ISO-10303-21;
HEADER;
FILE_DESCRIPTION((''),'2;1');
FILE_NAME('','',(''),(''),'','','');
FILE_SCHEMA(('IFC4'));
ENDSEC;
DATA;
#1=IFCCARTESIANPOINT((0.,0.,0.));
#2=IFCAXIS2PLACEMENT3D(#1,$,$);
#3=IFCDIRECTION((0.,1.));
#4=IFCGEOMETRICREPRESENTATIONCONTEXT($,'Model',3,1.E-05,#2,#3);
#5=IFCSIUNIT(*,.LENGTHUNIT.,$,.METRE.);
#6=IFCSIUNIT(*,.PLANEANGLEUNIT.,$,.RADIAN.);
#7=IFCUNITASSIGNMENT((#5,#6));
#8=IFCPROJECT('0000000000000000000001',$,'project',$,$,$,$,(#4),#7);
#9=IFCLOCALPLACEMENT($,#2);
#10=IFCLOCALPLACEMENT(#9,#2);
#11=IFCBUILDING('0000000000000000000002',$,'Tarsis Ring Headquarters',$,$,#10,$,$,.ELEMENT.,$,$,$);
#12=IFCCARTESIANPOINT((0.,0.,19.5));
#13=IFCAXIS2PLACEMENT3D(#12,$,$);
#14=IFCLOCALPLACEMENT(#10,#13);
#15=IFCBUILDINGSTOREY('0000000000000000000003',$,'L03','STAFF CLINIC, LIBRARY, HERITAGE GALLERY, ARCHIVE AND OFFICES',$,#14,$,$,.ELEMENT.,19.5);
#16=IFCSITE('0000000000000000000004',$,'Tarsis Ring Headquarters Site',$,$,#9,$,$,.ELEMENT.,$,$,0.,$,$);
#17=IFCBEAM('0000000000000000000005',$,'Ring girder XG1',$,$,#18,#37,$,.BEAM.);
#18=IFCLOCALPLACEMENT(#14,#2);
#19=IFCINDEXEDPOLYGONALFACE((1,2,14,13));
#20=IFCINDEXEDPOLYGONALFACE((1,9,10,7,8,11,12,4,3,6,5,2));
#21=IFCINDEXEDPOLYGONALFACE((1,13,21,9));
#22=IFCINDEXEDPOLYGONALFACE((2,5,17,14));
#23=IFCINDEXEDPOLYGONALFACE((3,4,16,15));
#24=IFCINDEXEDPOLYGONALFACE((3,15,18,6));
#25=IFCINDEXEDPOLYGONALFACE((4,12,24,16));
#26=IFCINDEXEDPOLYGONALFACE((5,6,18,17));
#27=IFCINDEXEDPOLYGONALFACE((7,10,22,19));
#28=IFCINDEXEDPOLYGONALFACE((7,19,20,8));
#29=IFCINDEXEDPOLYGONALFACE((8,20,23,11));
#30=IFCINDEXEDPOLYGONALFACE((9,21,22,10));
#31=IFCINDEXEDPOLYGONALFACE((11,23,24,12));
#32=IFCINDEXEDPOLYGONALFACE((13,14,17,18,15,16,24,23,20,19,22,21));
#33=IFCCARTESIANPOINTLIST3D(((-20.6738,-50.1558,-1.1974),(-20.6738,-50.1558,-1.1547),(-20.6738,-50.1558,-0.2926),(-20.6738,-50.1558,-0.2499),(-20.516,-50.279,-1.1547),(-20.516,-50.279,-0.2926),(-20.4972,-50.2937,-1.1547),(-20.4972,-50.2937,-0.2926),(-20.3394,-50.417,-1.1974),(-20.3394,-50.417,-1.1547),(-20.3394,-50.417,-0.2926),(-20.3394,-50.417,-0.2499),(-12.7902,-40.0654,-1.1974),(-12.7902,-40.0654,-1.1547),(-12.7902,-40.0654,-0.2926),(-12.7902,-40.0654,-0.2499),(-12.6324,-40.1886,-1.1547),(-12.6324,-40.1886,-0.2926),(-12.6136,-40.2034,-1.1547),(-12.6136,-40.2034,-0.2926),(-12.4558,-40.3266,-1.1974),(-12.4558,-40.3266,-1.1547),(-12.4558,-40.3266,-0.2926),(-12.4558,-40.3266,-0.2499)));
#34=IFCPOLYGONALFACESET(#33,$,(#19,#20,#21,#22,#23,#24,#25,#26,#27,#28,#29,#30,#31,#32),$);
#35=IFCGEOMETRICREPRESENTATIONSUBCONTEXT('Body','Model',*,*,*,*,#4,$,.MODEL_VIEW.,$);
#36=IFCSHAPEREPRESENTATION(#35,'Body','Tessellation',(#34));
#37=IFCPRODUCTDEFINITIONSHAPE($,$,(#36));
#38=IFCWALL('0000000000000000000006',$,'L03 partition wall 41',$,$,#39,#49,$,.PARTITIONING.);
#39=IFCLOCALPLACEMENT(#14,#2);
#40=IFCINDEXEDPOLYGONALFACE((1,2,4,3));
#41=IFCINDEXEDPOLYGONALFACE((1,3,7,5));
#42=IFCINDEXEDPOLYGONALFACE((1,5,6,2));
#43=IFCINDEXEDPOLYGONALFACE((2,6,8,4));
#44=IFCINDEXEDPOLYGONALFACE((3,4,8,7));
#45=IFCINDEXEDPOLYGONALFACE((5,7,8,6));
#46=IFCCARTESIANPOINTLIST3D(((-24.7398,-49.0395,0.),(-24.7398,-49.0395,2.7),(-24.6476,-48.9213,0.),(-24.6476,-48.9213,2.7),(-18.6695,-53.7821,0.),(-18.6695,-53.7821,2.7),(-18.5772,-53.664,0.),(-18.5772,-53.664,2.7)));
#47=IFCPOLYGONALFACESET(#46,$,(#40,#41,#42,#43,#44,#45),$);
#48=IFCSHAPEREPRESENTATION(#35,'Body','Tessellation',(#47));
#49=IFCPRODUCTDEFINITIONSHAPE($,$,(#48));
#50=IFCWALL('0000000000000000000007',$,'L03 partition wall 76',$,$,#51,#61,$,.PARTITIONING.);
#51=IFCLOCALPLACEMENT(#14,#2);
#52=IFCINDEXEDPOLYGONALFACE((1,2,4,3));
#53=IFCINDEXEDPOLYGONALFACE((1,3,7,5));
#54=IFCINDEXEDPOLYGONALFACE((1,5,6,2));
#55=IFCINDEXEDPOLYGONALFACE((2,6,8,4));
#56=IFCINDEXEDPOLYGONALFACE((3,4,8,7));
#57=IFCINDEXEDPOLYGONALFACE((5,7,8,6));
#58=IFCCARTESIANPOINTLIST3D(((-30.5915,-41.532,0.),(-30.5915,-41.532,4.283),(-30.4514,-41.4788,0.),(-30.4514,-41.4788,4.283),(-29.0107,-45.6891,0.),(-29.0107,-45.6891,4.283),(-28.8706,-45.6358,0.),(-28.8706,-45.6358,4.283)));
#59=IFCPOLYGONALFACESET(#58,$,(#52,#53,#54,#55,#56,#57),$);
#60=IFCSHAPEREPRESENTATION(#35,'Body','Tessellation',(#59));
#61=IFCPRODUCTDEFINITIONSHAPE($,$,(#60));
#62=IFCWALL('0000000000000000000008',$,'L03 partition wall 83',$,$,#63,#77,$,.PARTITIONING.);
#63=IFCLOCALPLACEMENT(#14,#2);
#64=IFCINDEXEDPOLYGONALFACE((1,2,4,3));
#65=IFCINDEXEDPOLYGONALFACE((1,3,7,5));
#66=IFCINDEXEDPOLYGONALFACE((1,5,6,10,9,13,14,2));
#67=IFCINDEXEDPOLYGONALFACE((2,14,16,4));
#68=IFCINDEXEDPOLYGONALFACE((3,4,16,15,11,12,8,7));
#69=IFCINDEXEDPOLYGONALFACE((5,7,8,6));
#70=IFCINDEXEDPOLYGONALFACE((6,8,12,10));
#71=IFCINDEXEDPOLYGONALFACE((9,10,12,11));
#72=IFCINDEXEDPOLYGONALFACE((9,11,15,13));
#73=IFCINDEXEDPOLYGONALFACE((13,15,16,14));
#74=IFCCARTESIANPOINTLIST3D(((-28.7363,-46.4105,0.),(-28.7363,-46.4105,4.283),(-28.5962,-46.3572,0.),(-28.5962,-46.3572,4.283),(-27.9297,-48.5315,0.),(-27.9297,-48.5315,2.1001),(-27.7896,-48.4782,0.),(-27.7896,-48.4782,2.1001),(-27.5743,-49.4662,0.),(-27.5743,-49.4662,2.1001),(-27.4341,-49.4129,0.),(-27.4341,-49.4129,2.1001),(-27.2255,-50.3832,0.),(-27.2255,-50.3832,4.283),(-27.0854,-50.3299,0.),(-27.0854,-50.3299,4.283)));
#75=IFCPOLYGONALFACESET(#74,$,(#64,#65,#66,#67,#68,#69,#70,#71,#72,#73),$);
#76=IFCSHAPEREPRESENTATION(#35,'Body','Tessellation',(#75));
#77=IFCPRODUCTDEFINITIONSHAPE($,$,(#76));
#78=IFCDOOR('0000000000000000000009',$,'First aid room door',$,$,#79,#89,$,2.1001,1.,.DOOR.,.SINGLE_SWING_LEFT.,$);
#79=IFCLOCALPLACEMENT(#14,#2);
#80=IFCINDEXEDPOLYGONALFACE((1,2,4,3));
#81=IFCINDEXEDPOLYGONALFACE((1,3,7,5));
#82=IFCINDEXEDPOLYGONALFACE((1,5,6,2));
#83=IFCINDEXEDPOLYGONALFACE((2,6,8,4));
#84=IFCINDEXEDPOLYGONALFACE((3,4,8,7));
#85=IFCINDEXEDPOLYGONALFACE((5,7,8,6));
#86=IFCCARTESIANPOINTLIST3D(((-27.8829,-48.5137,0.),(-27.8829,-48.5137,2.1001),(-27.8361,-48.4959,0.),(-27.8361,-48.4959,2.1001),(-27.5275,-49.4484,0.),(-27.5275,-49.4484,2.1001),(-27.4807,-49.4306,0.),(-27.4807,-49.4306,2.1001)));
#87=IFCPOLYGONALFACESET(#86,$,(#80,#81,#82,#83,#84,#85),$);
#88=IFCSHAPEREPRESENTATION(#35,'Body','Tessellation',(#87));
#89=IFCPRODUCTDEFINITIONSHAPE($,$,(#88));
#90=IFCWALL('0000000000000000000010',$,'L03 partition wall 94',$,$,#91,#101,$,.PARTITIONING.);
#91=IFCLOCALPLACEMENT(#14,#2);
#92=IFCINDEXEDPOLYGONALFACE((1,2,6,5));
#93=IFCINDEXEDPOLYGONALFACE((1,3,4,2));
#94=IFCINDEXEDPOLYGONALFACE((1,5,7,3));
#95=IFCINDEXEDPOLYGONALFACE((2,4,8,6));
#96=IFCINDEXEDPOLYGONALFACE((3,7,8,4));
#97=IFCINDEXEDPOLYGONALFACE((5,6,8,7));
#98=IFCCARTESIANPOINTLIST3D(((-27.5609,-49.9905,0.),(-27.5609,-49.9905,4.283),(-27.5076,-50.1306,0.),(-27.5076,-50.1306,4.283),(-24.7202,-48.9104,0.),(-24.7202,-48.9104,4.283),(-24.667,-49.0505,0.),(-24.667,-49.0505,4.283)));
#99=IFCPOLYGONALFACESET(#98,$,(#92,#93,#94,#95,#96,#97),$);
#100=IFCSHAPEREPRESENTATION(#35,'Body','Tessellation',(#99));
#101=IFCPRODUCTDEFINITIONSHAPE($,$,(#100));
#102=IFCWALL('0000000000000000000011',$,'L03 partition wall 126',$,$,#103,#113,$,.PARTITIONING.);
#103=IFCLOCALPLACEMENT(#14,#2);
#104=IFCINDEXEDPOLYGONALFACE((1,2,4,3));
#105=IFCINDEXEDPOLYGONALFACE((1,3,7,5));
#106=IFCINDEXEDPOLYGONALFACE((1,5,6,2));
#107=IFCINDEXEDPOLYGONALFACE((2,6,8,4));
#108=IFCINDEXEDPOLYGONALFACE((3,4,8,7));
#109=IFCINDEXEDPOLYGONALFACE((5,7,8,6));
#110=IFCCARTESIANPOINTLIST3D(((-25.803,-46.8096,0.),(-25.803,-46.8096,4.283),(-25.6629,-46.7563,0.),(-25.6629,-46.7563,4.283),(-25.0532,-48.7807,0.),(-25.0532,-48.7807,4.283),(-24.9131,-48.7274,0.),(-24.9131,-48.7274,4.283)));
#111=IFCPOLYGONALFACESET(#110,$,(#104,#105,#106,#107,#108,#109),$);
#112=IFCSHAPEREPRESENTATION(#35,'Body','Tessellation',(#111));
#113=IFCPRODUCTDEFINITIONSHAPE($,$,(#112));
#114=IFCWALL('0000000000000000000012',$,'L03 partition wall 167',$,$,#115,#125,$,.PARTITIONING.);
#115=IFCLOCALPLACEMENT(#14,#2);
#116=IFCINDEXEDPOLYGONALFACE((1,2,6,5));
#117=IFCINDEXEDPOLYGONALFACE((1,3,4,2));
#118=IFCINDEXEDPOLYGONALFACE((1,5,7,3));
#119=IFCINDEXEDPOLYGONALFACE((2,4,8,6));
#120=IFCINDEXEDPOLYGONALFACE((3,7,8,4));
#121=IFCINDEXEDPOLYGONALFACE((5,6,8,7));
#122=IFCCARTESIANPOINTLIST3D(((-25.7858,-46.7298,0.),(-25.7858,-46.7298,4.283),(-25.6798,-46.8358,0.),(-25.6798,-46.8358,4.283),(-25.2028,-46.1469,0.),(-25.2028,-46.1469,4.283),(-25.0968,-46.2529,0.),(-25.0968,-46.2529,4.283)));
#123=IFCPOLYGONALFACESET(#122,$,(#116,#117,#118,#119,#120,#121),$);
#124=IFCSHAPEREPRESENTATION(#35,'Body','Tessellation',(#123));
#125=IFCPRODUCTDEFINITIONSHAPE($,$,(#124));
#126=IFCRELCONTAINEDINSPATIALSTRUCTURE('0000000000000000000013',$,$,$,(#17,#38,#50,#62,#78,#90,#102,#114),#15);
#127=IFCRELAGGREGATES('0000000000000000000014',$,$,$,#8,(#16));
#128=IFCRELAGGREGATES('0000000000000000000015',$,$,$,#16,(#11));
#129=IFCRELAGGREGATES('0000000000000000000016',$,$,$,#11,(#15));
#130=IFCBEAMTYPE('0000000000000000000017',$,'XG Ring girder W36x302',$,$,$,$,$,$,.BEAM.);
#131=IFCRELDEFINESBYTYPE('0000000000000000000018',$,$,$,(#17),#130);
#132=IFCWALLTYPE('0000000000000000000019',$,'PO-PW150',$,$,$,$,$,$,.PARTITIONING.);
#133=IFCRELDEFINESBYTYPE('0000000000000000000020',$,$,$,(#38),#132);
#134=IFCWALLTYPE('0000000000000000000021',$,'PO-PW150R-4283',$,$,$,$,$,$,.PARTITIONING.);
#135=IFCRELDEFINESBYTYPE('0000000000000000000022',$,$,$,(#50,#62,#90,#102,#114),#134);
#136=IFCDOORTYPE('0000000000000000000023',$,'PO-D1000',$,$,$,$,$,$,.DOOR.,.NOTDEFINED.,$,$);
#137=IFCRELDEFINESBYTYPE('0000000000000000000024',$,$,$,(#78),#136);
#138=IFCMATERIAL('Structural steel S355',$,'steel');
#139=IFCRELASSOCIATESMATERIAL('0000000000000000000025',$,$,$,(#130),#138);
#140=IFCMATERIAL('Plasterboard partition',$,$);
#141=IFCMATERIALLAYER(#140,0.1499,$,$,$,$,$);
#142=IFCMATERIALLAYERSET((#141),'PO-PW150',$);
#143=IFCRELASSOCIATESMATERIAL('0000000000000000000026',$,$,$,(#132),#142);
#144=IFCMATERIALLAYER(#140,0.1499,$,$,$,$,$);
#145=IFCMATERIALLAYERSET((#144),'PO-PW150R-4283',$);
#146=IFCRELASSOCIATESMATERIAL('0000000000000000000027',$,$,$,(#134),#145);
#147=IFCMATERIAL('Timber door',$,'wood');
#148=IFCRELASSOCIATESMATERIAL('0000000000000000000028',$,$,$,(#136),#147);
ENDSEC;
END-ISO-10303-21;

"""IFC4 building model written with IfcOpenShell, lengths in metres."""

from ifc_helpers import new_model, si_unit, direction, frame, frame_2d, origin, origin_2d, place, context, subcontext, project, spatial, rectangle, i_section, extrude, material, layer, layer_set, material_profile, profile_set, type_object, element, fill, save


model = new_model("IFC4")

# Units and contexts
model_context = context("Model", 3, precision=1e-05, world=origin(), true_north=direction((0.0, 1.0)))
body_context = subcontext(model_context, "Body", "Model", "MODEL_VIEW")
ifc_project = project(units=[si_unit("LENGTHUNIT", "METRE"), si_unit("PLANEANGLEUNIT", "RADIAN")], contexts=[model_context])

# Site, building, storey
site_placement = place(None, origin())
site = spatial("IfcSite", under=ifc_project, at=site_placement, Name="Tarsis Ring Headquarters Site", CompositionType="ELEMENT", RefElevation=0.0)
building_placement = place(site_placement, origin())
building = spatial("IfcBuilding", under=site, at=building_placement, Name="Tarsis Ring Headquarters", CompositionType="ELEMENT")
storey_placement = place(building_placement, frame((0.0, 0.0, 19.5)))
storey = spatial("IfcBuildingStorey", under=building, at=storey_placement, Name="L03", Description="STAFF CLINIC, LIBRARY, HERITAGE GALLERY, ARCHIVE AND OFFICES", CompositionType="ELEMENT", Elevation=19.5)

# Beam
ifc_material_1 = material(Name="Structural steel S355", Category="steel")
ifc_material_profile_1 = material_profile(ifc_material_1, i_section(OverallWidth=0.4243, OverallDepth=0.9475, WebThickness=0.0239, FlangeThickness=0.0427, at=origin_2d()), Name="W36x302")
ifc_profile_set_1 = profile_set([ifc_material_profile_1], Name="Structural steel S355")
beam_type_1 = type_object("IfcBeamType", Name="XG Ring girder W36x302", PredefinedType="BEAM", material=ifc_profile_set_1)
beam_1_placement = place(storey_placement, frame((-20.5066, -50.2864, -0.7236), z_axis=(0.615667, 0.788006, 0.0), x_axis=(-0.788006, 0.615667, 0.0)))
element("IfcBeam", 1, at=beam_1_placement, inside=storey, type_object=beam_type_1, Name="Ring girder XG1", PredefinedType="BEAM", context=body_context, shape_type="SweptSolid", body=[
    extrude(i_section(OverallWidth=0.4243, OverallDepth=0.9475, WebThickness=0.0239, FlangeThickness=0.0427, at=origin_2d()), origin(), (0.0, 0.0, 1.0), 12.8049),
])

# Walls
ifc_material_2 = material(Name="Plasterboard partition")
ifc_layer_1 = layer(ifc_material_2, 0.1499)
ifc_layer_set_1 = layer_set([ifc_layer_1], Name="PO-PW150")
wall_type_1 = type_object("IfcWallType", Name="PO-PW150", PredefinedType="PARTITIONING", material=ifc_layer_set_1)
wall_1_placement = place(storey_placement, frame((-24.6936, -48.9805, 0.0), z_axis=(0.0, 0.0, 1.0), x_axis=(0.788009, -0.615664, 0.0)))
element("IfcWall", 2, at=wall_1_placement, inside=storey, type_object=wall_type_1, Name="L03 partition wall 41", PredefinedType="PARTITIONING", context=body_context, shape_type="SweptSolid", body=[
    extrude(rectangle(XDim=7.7034, YDim=0.1499, at=frame_2d((3.8516, 0.0))), origin(), (0.0, 0.0, 1.0), 2.7),
])
ifc_layer_2 = layer(ifc_material_2, 0.1499)
ifc_layer_set_2 = layer_set([ifc_layer_2], Name="PO-PW150R-4283")
wall_type_2 = type_object("IfcWallType", Name="PO-PW150R-4283", PredefinedType="PARTITIONING", material=ifc_layer_set_2)
wall_2_placement = place(storey_placement, frame((-28.9407, -45.6624, 0.0), z_axis=(0.0, 0.0, 1.0), x_axis=(-0.355445, 0.934697, 0.0)))
element("IfcWall", 3, at=wall_2_placement, inside=storey, type_object=wall_type_2, Name="L03 partition wall 76", PredefinedType="PARTITIONING", context=body_context, shape_type="SweptSolid", body=[
    extrude(rectangle(XDim=4.4475, YDim=0.1499, at=frame_2d((2.2236, 0.0))), origin(), (0.0, 0.0, 1.0), 4.283),
])

# Wall, opening, door
wall_3_placement = place(storey_placement, frame((-27.1555, -50.3564, 0.0), z_axis=(0.0, 0.0, 1.0), x_axis=(-0.355451, 0.934695, 0.0)))
wall_3 = element("IfcWall", 4, at=wall_3_placement, inside=storey, type_object=wall_type_2, Name="L03 partition wall 83", PredefinedType="PARTITIONING", context=body_context, shape_type="SweptSolid", body=[
    extrude(rectangle(XDim=4.2502, YDim=0.1499, at=frame_2d((2.125, 0.0))), origin(), (0.0, 0.0, 1.0), 4.283),
])
opening_1_placement = place(wall_3_placement, frame((0.981, 0.0, 0.0)))
opening_1 = element("IfcOpeningElement", 5, at=opening_1_placement, cuts=wall_3, PredefinedType="OPENING", context=body_context, shape_type="SweptSolid", body=[
    extrude(rectangle(XDim=1.0, YDim=2.1001, at=frame_2d((0.5, 1.05))), frame((0.0, 0.085, 0.0), z_axis=(0.0, -1.0, 0.0), x_axis=(1.0, 0.0, 0.0)), (0.0, 0.0, 1.0), 0.1699),
])
ifc_material_3 = material(Name="Timber door", Category="wood")
door_type = type_object("IfcDoorType", Name="PO-D1000", OperationType="NOTDEFINED", PredefinedType="DOOR", material=ifc_material_3)
door_placement = place(opening_1_placement, origin())
door = element("IfcDoor", 6, at=door_placement, inside=storey, type_object=door_type, Name="First aid room door", OperationType="SINGLE_SWING_LEFT", OverallHeight=2.1001, OverallWidth=1.0, PredefinedType="DOOR", context=body_context, shape_type="SweptSolid", body=[
    extrude(rectangle(XDim=1.0, YDim=2.1001, at=frame_2d((0.5, 1.05))), frame((0.0, 0.0249, 0.0), z_axis=(0.0, -1.0, 0.0), x_axis=(1.0, 0.0, 0.0)), (0.0, 0.0, 1.0), 0.05),
])
fill(opening_1, door)

# Walls
wall_4_placement = place(storey_placement, frame((-24.6936, -48.9805, 0.0), z_axis=(0.0, 0.0, 1.0), x_axis=(-0.934712, -0.355407, 0.0)))
element("IfcWall", 7, at=wall_4_placement, inside=storey, type_object=wall_type_2, Name="L03 partition wall 94", PredefinedType="PARTITIONING", context=body_context, shape_type="SweptSolid", body=[
    extrude(rectangle(XDim=3.0391, YDim=0.1499, at=frame_2d((1.5195, 0.0))), origin(), (0.0, 0.0, 1.0), 4.283),
])
wall_5_placement = place(storey_placement, frame((-25.7329, -46.783, 0.0), z_axis=(0.0, 0.0, 1.0), x_axis=(0.355509, -0.934673, 0.0)))
element("IfcWall", 8, at=wall_5_placement, inside=storey, type_object=wall_type_2, Name="L03 partition wall 126", PredefinedType="PARTITIONING", context=body_context, shape_type="SweptSolid", body=[
    extrude(rectangle(XDim=2.1089, YDim=0.1499, at=frame_2d((1.0544, 0.0))), origin(), (0.0, 0.0, 1.0), 4.283),
])
wall_6_placement = place(storey_placement, frame((-25.1499, -46.2, 0.0), z_axis=(0.0, 0.0, 1.0), x_axis=(-0.707107, -0.707107, 0.0)))
element("IfcWall", 9, at=wall_6_placement, inside=storey, type_object=wall_type_2, Name="L03 partition wall 167", PredefinedType="PARTITIONING", context=body_context, shape_type="SweptSolid", body=[
    extrude(rectangle(XDim=0.8245, YDim=0.1499, at=frame_2d((0.4121, 0.0))), origin(), (0.0, 0.0, 1.0), 4.283),
])

save(model, "model.ifc")
